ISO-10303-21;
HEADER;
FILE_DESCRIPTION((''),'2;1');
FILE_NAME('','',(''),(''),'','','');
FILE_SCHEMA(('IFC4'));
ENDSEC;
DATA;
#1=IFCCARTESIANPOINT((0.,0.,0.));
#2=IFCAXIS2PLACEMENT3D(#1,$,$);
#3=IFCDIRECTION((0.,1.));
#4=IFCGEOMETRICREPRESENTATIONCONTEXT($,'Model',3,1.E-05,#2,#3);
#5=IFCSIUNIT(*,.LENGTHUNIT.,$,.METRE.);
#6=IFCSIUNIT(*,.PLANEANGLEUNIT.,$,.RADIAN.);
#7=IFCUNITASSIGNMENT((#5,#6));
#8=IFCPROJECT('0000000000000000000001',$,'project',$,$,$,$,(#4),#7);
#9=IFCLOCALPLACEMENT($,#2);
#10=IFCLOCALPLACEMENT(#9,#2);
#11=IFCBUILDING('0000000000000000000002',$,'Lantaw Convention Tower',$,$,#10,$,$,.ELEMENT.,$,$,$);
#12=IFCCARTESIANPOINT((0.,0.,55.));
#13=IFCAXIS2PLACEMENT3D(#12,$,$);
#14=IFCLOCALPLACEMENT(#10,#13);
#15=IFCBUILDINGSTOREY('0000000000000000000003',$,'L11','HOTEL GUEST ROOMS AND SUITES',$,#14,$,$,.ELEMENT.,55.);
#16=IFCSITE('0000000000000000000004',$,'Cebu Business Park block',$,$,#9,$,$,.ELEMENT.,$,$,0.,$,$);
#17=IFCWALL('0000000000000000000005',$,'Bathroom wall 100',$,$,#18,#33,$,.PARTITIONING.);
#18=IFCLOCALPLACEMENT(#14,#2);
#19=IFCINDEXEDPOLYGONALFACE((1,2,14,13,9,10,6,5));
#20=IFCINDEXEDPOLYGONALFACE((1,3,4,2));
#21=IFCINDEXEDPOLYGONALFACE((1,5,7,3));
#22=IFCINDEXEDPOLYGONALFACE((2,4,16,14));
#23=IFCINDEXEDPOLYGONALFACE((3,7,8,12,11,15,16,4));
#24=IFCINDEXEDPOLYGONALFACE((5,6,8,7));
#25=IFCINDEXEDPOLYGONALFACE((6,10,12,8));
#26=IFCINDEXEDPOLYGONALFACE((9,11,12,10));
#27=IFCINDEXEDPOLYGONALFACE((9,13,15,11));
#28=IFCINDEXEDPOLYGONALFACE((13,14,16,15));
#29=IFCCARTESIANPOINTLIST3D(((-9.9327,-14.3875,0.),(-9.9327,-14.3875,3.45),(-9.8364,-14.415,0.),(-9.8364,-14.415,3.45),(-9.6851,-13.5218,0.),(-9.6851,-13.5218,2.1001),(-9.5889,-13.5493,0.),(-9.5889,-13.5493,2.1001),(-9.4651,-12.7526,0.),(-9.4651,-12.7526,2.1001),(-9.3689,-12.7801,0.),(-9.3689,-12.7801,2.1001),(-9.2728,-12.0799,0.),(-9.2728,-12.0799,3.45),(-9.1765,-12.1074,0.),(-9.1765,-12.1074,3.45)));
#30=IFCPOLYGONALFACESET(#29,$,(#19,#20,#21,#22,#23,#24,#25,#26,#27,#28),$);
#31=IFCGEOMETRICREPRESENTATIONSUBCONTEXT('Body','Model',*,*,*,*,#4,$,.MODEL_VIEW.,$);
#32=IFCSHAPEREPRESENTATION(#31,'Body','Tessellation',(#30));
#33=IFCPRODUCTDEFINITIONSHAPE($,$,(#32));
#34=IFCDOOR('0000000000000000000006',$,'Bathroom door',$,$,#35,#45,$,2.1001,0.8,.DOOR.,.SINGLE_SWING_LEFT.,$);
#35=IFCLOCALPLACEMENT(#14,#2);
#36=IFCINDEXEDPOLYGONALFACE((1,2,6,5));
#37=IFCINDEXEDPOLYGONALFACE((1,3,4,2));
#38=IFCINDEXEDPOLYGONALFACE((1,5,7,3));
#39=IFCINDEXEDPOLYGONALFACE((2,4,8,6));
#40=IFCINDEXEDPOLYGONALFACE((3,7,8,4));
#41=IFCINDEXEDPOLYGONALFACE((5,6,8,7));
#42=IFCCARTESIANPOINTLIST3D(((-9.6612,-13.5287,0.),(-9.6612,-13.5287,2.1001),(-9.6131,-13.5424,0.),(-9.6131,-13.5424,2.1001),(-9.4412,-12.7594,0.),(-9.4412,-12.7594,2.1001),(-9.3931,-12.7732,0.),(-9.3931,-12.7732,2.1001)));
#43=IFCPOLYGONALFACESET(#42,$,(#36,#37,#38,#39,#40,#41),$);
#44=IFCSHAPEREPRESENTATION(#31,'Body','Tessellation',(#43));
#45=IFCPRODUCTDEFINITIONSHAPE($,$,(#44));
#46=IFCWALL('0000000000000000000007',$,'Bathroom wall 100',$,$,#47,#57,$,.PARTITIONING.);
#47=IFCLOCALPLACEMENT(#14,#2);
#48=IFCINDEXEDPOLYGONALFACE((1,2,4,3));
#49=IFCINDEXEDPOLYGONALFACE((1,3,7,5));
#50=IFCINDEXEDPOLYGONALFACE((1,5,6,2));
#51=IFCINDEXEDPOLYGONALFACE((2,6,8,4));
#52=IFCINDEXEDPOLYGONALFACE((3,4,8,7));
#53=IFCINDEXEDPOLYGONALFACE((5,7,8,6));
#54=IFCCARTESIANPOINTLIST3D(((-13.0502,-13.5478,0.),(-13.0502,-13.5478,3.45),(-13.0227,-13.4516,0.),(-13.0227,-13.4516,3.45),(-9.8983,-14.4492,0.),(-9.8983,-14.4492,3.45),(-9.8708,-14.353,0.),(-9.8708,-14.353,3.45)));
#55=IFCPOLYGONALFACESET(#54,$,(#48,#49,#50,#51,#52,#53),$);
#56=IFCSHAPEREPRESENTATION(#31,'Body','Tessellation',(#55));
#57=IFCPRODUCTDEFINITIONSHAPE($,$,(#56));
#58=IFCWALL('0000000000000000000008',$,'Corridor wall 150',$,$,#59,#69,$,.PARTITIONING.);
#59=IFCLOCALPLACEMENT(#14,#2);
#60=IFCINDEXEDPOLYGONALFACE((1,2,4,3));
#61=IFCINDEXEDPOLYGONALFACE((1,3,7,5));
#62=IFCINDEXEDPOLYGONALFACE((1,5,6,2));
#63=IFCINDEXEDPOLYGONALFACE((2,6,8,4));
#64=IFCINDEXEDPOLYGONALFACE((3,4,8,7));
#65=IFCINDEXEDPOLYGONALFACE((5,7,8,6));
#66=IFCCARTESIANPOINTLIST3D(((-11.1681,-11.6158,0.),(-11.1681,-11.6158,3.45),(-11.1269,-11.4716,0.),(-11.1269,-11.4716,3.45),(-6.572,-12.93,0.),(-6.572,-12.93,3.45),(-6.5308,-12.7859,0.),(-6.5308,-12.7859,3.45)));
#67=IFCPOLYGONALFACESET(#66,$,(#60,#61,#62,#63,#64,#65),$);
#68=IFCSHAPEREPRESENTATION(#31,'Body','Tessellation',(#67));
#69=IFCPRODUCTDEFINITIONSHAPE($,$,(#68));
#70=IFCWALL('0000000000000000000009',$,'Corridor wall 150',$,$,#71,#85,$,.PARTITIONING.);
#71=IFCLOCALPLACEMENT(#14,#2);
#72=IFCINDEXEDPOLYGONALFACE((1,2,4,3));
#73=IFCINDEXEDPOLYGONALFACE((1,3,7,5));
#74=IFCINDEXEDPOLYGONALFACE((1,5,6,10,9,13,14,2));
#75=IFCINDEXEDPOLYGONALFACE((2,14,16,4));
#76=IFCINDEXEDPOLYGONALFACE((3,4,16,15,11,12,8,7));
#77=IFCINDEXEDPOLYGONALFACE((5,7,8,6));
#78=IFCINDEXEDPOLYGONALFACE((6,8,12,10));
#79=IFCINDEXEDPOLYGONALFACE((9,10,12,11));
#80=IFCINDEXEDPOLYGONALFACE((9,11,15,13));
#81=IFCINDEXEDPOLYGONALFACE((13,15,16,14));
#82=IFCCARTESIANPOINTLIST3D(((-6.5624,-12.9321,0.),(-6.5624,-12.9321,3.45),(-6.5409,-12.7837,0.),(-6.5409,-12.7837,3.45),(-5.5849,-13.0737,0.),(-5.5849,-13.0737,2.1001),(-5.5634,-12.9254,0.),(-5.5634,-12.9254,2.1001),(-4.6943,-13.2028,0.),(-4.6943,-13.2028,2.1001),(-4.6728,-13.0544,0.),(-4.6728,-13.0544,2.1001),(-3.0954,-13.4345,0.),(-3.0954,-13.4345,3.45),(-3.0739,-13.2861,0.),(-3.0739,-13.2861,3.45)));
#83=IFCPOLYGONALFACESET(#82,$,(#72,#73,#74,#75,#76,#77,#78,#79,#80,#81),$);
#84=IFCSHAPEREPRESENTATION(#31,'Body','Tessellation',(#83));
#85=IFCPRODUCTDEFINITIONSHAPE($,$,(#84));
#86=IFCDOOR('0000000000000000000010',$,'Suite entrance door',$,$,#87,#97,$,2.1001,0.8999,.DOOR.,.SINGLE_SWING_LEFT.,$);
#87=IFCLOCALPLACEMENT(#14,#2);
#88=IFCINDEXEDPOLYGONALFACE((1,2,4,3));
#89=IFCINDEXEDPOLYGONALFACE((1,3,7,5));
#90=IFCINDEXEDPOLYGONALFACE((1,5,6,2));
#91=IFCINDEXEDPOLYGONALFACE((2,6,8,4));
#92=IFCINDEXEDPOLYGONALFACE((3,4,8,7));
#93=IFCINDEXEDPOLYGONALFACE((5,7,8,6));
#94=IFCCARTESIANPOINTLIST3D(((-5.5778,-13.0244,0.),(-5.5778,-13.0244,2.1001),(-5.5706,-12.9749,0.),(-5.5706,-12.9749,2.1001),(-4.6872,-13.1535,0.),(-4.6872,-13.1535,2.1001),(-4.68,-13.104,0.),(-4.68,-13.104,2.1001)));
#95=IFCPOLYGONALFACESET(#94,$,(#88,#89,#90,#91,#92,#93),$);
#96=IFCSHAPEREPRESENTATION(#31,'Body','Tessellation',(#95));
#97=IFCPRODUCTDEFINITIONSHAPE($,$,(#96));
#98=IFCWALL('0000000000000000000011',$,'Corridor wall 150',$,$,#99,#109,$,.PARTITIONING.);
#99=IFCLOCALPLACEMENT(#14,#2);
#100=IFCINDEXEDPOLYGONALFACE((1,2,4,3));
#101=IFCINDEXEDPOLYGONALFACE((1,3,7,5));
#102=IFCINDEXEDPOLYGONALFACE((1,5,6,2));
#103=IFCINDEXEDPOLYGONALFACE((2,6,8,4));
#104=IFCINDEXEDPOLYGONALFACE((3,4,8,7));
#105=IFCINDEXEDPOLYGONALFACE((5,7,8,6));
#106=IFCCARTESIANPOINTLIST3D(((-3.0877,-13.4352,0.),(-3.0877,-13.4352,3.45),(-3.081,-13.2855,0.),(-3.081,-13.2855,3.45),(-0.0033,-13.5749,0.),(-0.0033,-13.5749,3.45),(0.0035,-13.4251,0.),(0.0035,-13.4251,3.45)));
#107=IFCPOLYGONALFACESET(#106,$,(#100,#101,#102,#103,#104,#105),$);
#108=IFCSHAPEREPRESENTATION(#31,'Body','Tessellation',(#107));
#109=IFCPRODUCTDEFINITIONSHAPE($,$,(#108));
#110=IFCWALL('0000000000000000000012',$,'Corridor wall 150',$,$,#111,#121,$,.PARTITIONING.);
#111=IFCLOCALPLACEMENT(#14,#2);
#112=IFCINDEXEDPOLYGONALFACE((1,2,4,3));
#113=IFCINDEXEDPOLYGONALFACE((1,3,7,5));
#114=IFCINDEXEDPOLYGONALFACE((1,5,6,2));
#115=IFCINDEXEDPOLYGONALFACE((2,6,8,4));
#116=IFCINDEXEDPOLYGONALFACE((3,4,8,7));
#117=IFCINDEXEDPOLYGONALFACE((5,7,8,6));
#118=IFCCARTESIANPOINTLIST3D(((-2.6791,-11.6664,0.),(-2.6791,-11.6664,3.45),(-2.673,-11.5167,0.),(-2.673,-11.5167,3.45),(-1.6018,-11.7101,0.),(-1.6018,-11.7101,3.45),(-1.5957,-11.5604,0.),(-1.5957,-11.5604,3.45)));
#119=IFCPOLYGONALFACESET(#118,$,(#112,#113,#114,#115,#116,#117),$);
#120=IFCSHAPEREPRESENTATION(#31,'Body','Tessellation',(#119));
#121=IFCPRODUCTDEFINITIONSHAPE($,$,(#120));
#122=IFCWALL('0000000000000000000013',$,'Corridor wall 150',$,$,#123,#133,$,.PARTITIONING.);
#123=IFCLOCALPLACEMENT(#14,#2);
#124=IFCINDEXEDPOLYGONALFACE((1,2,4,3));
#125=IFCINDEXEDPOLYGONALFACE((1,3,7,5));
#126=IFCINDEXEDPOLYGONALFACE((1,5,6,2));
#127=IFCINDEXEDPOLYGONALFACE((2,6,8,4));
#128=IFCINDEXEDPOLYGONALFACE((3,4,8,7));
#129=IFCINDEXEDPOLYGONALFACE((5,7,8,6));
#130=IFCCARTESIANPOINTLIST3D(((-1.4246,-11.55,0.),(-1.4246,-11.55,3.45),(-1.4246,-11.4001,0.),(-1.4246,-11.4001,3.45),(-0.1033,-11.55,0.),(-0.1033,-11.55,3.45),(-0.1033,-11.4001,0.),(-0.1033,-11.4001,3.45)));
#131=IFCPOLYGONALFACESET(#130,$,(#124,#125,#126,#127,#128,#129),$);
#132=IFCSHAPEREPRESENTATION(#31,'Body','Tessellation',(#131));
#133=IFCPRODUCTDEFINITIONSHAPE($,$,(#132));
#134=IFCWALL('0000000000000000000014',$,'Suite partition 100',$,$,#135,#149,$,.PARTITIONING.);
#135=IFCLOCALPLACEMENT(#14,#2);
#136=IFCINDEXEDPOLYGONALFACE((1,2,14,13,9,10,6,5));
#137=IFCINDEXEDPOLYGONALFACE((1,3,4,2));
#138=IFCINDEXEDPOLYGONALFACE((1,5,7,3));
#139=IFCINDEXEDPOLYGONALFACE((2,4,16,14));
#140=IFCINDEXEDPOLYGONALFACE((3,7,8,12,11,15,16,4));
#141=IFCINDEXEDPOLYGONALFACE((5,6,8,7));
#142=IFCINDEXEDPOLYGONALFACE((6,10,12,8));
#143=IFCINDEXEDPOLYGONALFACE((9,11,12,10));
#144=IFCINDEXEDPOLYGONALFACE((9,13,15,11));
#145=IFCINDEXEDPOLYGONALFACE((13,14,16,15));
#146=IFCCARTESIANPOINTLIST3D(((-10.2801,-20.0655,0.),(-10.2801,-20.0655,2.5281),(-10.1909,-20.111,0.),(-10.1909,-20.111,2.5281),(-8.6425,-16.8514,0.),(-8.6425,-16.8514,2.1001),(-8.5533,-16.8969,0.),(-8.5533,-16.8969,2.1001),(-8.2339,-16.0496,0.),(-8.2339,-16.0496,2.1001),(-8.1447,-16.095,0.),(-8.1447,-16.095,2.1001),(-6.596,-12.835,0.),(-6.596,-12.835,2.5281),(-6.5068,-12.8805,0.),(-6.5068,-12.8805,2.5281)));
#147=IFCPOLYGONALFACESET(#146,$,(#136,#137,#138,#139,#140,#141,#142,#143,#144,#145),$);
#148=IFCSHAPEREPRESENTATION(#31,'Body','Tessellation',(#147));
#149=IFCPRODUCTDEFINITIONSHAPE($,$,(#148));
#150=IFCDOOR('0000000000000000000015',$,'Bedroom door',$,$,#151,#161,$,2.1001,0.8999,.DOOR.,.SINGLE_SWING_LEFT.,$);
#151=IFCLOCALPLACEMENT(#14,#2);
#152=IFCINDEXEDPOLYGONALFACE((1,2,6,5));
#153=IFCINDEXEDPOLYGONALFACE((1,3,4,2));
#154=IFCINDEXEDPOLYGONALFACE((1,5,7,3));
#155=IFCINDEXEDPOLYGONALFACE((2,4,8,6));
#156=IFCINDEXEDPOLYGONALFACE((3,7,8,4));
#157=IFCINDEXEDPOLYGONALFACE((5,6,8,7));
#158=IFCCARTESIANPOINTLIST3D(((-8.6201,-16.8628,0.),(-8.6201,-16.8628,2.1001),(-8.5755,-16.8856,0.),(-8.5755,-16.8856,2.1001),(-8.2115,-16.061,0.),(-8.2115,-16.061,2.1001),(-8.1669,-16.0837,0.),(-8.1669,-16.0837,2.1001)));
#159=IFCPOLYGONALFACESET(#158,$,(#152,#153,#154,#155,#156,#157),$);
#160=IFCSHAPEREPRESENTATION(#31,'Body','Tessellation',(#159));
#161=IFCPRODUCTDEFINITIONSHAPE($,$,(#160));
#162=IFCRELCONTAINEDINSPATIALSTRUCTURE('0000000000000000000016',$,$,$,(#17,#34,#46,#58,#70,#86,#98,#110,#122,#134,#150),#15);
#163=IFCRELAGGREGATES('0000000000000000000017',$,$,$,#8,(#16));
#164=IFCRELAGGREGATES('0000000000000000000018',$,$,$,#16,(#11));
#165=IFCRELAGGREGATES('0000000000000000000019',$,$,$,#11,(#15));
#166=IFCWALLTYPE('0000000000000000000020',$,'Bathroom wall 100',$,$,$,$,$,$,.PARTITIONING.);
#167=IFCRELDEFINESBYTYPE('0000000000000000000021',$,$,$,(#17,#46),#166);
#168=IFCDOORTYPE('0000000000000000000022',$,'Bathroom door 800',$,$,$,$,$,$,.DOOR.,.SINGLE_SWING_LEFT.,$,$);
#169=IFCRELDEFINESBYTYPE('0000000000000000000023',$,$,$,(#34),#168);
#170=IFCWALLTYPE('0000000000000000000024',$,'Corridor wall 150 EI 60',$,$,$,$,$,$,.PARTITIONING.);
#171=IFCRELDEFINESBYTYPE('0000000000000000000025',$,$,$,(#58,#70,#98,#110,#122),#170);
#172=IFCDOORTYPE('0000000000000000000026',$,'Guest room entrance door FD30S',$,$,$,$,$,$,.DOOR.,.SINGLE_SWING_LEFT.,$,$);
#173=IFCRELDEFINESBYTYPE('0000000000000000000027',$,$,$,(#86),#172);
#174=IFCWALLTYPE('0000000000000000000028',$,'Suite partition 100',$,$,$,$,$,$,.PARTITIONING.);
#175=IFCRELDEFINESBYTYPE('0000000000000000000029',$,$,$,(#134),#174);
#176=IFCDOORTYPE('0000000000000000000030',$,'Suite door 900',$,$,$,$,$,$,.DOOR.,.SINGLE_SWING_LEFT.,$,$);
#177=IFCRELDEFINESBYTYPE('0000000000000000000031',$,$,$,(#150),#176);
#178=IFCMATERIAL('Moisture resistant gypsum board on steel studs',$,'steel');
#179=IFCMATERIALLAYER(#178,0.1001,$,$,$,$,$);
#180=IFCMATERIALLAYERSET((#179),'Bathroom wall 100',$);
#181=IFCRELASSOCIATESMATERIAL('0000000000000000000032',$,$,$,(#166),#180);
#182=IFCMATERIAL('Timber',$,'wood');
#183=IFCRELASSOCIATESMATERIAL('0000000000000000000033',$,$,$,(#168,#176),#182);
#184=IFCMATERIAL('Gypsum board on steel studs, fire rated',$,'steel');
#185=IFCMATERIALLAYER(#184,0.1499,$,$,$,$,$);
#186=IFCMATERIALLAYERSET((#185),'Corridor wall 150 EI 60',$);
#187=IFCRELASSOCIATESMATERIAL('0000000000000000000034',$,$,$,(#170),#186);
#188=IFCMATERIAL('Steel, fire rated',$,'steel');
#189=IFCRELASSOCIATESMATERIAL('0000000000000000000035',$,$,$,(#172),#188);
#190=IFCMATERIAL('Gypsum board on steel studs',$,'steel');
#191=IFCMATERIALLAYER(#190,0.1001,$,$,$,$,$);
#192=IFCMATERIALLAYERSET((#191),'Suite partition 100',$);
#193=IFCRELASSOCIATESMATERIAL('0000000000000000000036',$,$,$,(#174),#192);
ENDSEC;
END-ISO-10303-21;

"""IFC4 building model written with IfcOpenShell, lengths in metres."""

from ifc_helpers import new_model, si_unit, direction, frame, frame_2d, origin, place, context, subcontext, project, spatial, rectangle, extrude, material, layer, layer_set, type_object, element, fill, save


model = new_model("IFC4")

# Units and contexts
model_context = context("Model", 3, precision=1e-05, world=origin(), true_north=direction((0.0, 1.0)))
body_context = subcontext(model_context, "Body", "Model", "MODEL_VIEW")
ifc_project = project(units=[si_unit("LENGTHUNIT", "METRE"), si_unit("PLANEANGLEUNIT", "RADIAN")], contexts=[model_context])

# Site, building, storey
site_placement = place(None, origin())
site = spatial("IfcSite", under=ifc_project, at=site_placement, Name="Cebu Business Park block", CompositionType="ELEMENT", RefElevation=0.0)
building_placement = place(site_placement, origin())
building = spatial("IfcBuilding", under=site, at=building_placement, Name="Lantaw Convention Tower", CompositionType="ELEMENT")
storey_placement = place(building_placement, frame((0.0, 0.0, 55.0)))
storey = spatial("IfcBuildingStorey", under=building, at=storey_placement, Name="L11", Description="HOTEL GUEST ROOMS AND SUITES", CompositionType="ELEMENT", Elevation=55.0)

# Wall, opening, door
ifc_material_1 = material(Name="Moisture resistant gypsum board on steel studs", Category="steel")
ifc_layer_1 = layer(ifc_material_1, 0.1001)
ifc_layer_set_1 = layer_set([ifc_layer_1], Name="Bathroom wall 100")
wall_type_1 = type_object("IfcWallType", Name="Bathroom wall 100", PredefinedType="PARTITIONING", material=ifc_layer_set_1)
wall_1_placement = place(storey_placement, frame((-9.2246, -12.0935, 0.0), z_axis=(0.0, 0.0, 1.0), x_axis=(-0.27495, -0.961459, 0.0)))
wall_1 = element("IfcWall", 1, at=wall_1_placement, inside=storey, type_object=wall_type_1, Name="Bathroom wall 100", PredefinedType="PARTITIONING", context=body_context, shape_type="SweptSolid", body=[
    extrude(rectangle(XDim=2.4001, YDim=0.1001, at=frame_2d((1.2002, 0.0))), origin(), (0.0, 0.0, 1.0), 3.45),
])
opening_1_placement = place(wall_1_placement, frame((0.7, 0.0, 0.0)))
opening_1 = element("IfcOpeningElement", 2, at=opening_1_placement, cuts=wall_1, PredefinedType="OPENING", context=body_context, shape_type="SweptSolid", body=[
    extrude(rectangle(XDim=0.8, YDim=2.1001, at=frame_2d((0.3999, 1.05))), frame((0.0, 0.0601, 0.0), z_axis=(0.0, -1.0, 0.0), x_axis=(1.0, 0.0, 0.0)), (0.0, 0.0, 1.0), 0.1201),
])
ifc_material_2 = material(Name="Timber", Category="wood")
door_type_1 = type_object("IfcDoorType", Name="Bathroom door 800", OperationType="SINGLE_SWING_LEFT", PredefinedType="DOOR", material=ifc_material_2)
door_1_placement = place(opening_1_placement, origin())
door_1 = element("IfcDoor", 3, at=door_1_placement, inside=storey, type_object=door_type_1, Name="Bathroom door", OperationType="SINGLE_SWING_LEFT", OverallHeight=2.1001, OverallWidth=0.8, PredefinedType="DOOR", context=body_context, shape_type="SweptSolid", body=[
    extrude(rectangle(XDim=0.8, YDim=2.1001, at=frame_2d((0.3999, 1.05))), frame((0.0, 0.0249, 0.0), z_axis=(0.0, -1.0, 0.0), x_axis=(1.0, 0.0, 0.0)), (0.0, 0.0, 1.0), 0.05),
])
fill(opening_1, door_1)

# Walls
wall_2_placement = place(storey_placement, frame((-9.8845, -14.4011, 0.0), z_axis=(0.0, 0.0, 1.0), x_axis=(-0.961456, 0.274957, 0.0)))
element("IfcWall", 4, at=wall_2_placement, inside=storey, type_object=wall_type_1, Name="Bathroom wall 100", PredefinedType="PARTITIONING", context=body_context, shape_type="SweptSolid", body=[
    extrude(rectangle(XDim=3.2783, YDim=0.1001, at=frame_2d((1.6392, 0.0))), origin(), (0.0, 0.0, 1.0), 3.45),
])
ifc_material_3 = material(Name="Gypsum board on steel studs, fire rated", Category="steel")
ifc_layer_2 = layer(ifc_material_3, 0.1499)
ifc_layer_set_2 = layer_set([ifc_layer_2], Name="Corridor wall 150 EI 60")
wall_type_2 = type_object("IfcWallType", Name="Corridor wall 150 EI 60", PredefinedType="PARTITIONING", material=ifc_layer_set_2)
wall_3_placement = place(storey_placement, frame((-11.1475, -11.5437, 0.0), z_axis=(0.0, 0.0, 1.0), x_axis=(0.961464, -0.27493, 0.0)))
element("IfcWall", 5, at=wall_3_placement, inside=storey, type_object=wall_type_2, Name="Corridor wall 150", PredefinedType="PARTITIONING", context=body_context, shape_type="SweptSolid", body=[
    extrude(rectangle(XDim=4.7803, YDim=0.1499, at=frame_2d((2.3901, 0.0))), origin(), (0.0, 0.0, 1.0), 3.45),
])

# Wall, opening, door
wall_4_placement = place(storey_placement, frame((-6.5515, -12.8579, 0.0), z_axis=(0.0, 0.0, 1.0), x_axis=(0.989662, -0.143421, 0.0)))
wall_4 = element("IfcWall", 6, at=wall_4_placement, inside=storey, type_object=wall_type_2, Name="Corridor wall 150", PredefinedType="PARTITIONING", context=body_context, shape_type="SweptSolid", body=[
    extrude(rectangle(XDim=3.5032, YDim=0.1499, at=frame_2d((1.7515, 0.0))), origin(), (0.0, 0.0, 1.0), 3.45),
])
opening_2_placement = place(wall_4_placement, frame((0.9875, 0.0, 0.0)))
opening_2 = element("IfcOpeningElement", 7, at=opening_2_placement, cuts=wall_4, PredefinedType="OPENING", context=body_context, shape_type="SweptSolid", body=[
    extrude(rectangle(XDim=0.8999, YDim=2.1001, at=frame_2d((0.45, 1.05))), frame((0.0, 0.085, 0.0), z_axis=(0.0, -1.0, 0.0), x_axis=(1.0, 0.0, 0.0)), (0.0, 0.0, 1.0), 0.1699),
])
ifc_material_4 = material(Name="Steel, fire rated", Category="steel")
door_type_2 = type_object("IfcDoorType", Name="Guest room entrance door FD30S", OperationType="SINGLE_SWING_LEFT", PredefinedType="DOOR", material=ifc_material_4)
door_2_placement = place(opening_2_placement, origin())
door_2 = element("IfcDoor", 8, at=door_2_placement, inside=storey, type_object=door_type_2, Name="Suite entrance door", OperationType="SINGLE_SWING_LEFT", OverallHeight=2.1001, OverallWidth=0.8999, PredefinedType="DOOR", context=body_context, shape_type="SweptSolid", body=[
    extrude(rectangle(XDim=0.8999, YDim=2.1001, at=frame_2d((0.45, 1.05))), frame((0.0, 0.0249, 0.0), z_axis=(0.0, -1.0, 0.0), x_axis=(1.0, 0.0, 0.0)), (0.0, 0.0, 1.0), 0.05),
])
fill(opening_2, door_2)

# Walls
wall_5_placement = place(storey_placement, frame((-3.0845, -13.3604, 0.0), z_axis=(0.0, 0.0, 1.0), x_axis=(0.998977, -0.045228, 0.0)))
element("IfcWall", 9, at=wall_5_placement, inside=storey, type_object=wall_type_2, Name="Corridor wall 150", PredefinedType="PARTITIONING", context=body_context, shape_type="SweptSolid", body=[
    extrude(rectangle(XDim=3.0876, YDim=0.1499, at=frame_2d((1.5439, 0.0))), origin(), (0.0, 0.0, 1.0), 3.45),
])
wall_6_placement = place(storey_placement, frame((-2.676, -11.5916, 0.0), z_axis=(0.0, 0.0, 1.0), x_axis=(0.999178, -0.040538, 0.0)))
element("IfcWall", 10, at=wall_6_placement, inside=storey, type_object=wall_type_2, Name="Corridor wall 150", PredefinedType="PARTITIONING", context=body_context, shape_type="SweptSolid", body=[
    extrude(rectangle(XDim=1.0781, YDim=0.1499, at=frame_2d((0.5391, 0.0))), origin(), (0.0, 0.0, 1.0), 3.45),
])
wall_7_placement = place(storey_placement, frame((-1.4246, -11.4751, 0.0), z_axis=(0.0, 0.0, 1.0), x_axis=(1.0, 0.0, 0.0)))
element("IfcWall", 11, at=wall_7_placement, inside=storey, type_object=wall_type_2, Name="Corridor wall 150", PredefinedType="PARTITIONING", context=body_context, shape_type="SweptSolid", body=[
    extrude(rectangle(XDim=1.3213, YDim=0.1499, at=frame_2d((0.6606, 0.0))), origin(), (0.0, 0.0, 1.0), 3.45),
])

# Wall, opening, door
ifc_material_5 = material(Name="Gypsum board on steel studs", Category="steel")
ifc_layer_3 = layer(ifc_material_5, 0.1001)
ifc_layer_set_3 = layer_set([ifc_layer_3], Name="Suite partition 100")
wall_type_3 = type_object("IfcWallType", Name="Suite partition 100", PredefinedType="PARTITIONING", material=ifc_layer_set_3)
wall_8_placement = place(storey_placement, frame((-10.2356, -20.0884, 0.0), z_axis=(0.0, 0.0, 1.0), x_axis=(0.453988, 0.891008, 0.0)))
wall_8 = element("IfcWall", 12, at=wall_8_placement, inside=storey, type_object=wall_type_3, Name="Suite partition 100", PredefinedType="PARTITIONING", context=body_context, shape_type="SweptSolid", body=[
    extrude(rectangle(XDim=8.115, YDim=0.1001, at=frame_2d((4.0576, 0.0))), origin(), (0.0, 0.0, 1.0), 2.5281),
])
opening_3_placement = place(wall_8_placement, frame((3.6074, 0.0, 0.0)))
opening_3 = element("IfcOpeningElement", 13, at=opening_3_placement, cuts=wall_8, PredefinedType="OPENING", context=body_context, shape_type="SweptSolid", body=[
    extrude(rectangle(XDim=0.8999, YDim=2.1001, at=frame_2d((0.45, 1.05))), frame((0.0, 0.0601, 0.0), z_axis=(0.0, -1.0, 0.0), x_axis=(1.0, 0.0, 0.0)), (0.0, 0.0, 1.0), 0.1201),
])
door_type_3 = type_object("IfcDoorType", Name="Suite door 900", OperationType="SINGLE_SWING_LEFT", PredefinedType="DOOR", material=ifc_material_2)
door_3_placement = place(opening_3_placement, origin())
door_3 = element("IfcDoor", 14, at=door_3_placement, inside=storey, type_object=door_type_3, Name="Bedroom door", OperationType="SINGLE_SWING_LEFT", OverallHeight=2.1001, OverallWidth=0.8999, PredefinedType="DOOR", context=body_context, shape_type="SweptSolid", body=[
    extrude(rectangle(XDim=0.8999, YDim=2.1001, at=frame_2d((0.45, 1.05))), frame((0.0, 0.0249, 0.0), z_axis=(0.0, -1.0, 0.0), x_axis=(1.0, 0.0, 0.0)), (0.0, 0.0, 1.0), 0.05),
])
fill(opening_3, door_3)

save(model, "model.ifc")
